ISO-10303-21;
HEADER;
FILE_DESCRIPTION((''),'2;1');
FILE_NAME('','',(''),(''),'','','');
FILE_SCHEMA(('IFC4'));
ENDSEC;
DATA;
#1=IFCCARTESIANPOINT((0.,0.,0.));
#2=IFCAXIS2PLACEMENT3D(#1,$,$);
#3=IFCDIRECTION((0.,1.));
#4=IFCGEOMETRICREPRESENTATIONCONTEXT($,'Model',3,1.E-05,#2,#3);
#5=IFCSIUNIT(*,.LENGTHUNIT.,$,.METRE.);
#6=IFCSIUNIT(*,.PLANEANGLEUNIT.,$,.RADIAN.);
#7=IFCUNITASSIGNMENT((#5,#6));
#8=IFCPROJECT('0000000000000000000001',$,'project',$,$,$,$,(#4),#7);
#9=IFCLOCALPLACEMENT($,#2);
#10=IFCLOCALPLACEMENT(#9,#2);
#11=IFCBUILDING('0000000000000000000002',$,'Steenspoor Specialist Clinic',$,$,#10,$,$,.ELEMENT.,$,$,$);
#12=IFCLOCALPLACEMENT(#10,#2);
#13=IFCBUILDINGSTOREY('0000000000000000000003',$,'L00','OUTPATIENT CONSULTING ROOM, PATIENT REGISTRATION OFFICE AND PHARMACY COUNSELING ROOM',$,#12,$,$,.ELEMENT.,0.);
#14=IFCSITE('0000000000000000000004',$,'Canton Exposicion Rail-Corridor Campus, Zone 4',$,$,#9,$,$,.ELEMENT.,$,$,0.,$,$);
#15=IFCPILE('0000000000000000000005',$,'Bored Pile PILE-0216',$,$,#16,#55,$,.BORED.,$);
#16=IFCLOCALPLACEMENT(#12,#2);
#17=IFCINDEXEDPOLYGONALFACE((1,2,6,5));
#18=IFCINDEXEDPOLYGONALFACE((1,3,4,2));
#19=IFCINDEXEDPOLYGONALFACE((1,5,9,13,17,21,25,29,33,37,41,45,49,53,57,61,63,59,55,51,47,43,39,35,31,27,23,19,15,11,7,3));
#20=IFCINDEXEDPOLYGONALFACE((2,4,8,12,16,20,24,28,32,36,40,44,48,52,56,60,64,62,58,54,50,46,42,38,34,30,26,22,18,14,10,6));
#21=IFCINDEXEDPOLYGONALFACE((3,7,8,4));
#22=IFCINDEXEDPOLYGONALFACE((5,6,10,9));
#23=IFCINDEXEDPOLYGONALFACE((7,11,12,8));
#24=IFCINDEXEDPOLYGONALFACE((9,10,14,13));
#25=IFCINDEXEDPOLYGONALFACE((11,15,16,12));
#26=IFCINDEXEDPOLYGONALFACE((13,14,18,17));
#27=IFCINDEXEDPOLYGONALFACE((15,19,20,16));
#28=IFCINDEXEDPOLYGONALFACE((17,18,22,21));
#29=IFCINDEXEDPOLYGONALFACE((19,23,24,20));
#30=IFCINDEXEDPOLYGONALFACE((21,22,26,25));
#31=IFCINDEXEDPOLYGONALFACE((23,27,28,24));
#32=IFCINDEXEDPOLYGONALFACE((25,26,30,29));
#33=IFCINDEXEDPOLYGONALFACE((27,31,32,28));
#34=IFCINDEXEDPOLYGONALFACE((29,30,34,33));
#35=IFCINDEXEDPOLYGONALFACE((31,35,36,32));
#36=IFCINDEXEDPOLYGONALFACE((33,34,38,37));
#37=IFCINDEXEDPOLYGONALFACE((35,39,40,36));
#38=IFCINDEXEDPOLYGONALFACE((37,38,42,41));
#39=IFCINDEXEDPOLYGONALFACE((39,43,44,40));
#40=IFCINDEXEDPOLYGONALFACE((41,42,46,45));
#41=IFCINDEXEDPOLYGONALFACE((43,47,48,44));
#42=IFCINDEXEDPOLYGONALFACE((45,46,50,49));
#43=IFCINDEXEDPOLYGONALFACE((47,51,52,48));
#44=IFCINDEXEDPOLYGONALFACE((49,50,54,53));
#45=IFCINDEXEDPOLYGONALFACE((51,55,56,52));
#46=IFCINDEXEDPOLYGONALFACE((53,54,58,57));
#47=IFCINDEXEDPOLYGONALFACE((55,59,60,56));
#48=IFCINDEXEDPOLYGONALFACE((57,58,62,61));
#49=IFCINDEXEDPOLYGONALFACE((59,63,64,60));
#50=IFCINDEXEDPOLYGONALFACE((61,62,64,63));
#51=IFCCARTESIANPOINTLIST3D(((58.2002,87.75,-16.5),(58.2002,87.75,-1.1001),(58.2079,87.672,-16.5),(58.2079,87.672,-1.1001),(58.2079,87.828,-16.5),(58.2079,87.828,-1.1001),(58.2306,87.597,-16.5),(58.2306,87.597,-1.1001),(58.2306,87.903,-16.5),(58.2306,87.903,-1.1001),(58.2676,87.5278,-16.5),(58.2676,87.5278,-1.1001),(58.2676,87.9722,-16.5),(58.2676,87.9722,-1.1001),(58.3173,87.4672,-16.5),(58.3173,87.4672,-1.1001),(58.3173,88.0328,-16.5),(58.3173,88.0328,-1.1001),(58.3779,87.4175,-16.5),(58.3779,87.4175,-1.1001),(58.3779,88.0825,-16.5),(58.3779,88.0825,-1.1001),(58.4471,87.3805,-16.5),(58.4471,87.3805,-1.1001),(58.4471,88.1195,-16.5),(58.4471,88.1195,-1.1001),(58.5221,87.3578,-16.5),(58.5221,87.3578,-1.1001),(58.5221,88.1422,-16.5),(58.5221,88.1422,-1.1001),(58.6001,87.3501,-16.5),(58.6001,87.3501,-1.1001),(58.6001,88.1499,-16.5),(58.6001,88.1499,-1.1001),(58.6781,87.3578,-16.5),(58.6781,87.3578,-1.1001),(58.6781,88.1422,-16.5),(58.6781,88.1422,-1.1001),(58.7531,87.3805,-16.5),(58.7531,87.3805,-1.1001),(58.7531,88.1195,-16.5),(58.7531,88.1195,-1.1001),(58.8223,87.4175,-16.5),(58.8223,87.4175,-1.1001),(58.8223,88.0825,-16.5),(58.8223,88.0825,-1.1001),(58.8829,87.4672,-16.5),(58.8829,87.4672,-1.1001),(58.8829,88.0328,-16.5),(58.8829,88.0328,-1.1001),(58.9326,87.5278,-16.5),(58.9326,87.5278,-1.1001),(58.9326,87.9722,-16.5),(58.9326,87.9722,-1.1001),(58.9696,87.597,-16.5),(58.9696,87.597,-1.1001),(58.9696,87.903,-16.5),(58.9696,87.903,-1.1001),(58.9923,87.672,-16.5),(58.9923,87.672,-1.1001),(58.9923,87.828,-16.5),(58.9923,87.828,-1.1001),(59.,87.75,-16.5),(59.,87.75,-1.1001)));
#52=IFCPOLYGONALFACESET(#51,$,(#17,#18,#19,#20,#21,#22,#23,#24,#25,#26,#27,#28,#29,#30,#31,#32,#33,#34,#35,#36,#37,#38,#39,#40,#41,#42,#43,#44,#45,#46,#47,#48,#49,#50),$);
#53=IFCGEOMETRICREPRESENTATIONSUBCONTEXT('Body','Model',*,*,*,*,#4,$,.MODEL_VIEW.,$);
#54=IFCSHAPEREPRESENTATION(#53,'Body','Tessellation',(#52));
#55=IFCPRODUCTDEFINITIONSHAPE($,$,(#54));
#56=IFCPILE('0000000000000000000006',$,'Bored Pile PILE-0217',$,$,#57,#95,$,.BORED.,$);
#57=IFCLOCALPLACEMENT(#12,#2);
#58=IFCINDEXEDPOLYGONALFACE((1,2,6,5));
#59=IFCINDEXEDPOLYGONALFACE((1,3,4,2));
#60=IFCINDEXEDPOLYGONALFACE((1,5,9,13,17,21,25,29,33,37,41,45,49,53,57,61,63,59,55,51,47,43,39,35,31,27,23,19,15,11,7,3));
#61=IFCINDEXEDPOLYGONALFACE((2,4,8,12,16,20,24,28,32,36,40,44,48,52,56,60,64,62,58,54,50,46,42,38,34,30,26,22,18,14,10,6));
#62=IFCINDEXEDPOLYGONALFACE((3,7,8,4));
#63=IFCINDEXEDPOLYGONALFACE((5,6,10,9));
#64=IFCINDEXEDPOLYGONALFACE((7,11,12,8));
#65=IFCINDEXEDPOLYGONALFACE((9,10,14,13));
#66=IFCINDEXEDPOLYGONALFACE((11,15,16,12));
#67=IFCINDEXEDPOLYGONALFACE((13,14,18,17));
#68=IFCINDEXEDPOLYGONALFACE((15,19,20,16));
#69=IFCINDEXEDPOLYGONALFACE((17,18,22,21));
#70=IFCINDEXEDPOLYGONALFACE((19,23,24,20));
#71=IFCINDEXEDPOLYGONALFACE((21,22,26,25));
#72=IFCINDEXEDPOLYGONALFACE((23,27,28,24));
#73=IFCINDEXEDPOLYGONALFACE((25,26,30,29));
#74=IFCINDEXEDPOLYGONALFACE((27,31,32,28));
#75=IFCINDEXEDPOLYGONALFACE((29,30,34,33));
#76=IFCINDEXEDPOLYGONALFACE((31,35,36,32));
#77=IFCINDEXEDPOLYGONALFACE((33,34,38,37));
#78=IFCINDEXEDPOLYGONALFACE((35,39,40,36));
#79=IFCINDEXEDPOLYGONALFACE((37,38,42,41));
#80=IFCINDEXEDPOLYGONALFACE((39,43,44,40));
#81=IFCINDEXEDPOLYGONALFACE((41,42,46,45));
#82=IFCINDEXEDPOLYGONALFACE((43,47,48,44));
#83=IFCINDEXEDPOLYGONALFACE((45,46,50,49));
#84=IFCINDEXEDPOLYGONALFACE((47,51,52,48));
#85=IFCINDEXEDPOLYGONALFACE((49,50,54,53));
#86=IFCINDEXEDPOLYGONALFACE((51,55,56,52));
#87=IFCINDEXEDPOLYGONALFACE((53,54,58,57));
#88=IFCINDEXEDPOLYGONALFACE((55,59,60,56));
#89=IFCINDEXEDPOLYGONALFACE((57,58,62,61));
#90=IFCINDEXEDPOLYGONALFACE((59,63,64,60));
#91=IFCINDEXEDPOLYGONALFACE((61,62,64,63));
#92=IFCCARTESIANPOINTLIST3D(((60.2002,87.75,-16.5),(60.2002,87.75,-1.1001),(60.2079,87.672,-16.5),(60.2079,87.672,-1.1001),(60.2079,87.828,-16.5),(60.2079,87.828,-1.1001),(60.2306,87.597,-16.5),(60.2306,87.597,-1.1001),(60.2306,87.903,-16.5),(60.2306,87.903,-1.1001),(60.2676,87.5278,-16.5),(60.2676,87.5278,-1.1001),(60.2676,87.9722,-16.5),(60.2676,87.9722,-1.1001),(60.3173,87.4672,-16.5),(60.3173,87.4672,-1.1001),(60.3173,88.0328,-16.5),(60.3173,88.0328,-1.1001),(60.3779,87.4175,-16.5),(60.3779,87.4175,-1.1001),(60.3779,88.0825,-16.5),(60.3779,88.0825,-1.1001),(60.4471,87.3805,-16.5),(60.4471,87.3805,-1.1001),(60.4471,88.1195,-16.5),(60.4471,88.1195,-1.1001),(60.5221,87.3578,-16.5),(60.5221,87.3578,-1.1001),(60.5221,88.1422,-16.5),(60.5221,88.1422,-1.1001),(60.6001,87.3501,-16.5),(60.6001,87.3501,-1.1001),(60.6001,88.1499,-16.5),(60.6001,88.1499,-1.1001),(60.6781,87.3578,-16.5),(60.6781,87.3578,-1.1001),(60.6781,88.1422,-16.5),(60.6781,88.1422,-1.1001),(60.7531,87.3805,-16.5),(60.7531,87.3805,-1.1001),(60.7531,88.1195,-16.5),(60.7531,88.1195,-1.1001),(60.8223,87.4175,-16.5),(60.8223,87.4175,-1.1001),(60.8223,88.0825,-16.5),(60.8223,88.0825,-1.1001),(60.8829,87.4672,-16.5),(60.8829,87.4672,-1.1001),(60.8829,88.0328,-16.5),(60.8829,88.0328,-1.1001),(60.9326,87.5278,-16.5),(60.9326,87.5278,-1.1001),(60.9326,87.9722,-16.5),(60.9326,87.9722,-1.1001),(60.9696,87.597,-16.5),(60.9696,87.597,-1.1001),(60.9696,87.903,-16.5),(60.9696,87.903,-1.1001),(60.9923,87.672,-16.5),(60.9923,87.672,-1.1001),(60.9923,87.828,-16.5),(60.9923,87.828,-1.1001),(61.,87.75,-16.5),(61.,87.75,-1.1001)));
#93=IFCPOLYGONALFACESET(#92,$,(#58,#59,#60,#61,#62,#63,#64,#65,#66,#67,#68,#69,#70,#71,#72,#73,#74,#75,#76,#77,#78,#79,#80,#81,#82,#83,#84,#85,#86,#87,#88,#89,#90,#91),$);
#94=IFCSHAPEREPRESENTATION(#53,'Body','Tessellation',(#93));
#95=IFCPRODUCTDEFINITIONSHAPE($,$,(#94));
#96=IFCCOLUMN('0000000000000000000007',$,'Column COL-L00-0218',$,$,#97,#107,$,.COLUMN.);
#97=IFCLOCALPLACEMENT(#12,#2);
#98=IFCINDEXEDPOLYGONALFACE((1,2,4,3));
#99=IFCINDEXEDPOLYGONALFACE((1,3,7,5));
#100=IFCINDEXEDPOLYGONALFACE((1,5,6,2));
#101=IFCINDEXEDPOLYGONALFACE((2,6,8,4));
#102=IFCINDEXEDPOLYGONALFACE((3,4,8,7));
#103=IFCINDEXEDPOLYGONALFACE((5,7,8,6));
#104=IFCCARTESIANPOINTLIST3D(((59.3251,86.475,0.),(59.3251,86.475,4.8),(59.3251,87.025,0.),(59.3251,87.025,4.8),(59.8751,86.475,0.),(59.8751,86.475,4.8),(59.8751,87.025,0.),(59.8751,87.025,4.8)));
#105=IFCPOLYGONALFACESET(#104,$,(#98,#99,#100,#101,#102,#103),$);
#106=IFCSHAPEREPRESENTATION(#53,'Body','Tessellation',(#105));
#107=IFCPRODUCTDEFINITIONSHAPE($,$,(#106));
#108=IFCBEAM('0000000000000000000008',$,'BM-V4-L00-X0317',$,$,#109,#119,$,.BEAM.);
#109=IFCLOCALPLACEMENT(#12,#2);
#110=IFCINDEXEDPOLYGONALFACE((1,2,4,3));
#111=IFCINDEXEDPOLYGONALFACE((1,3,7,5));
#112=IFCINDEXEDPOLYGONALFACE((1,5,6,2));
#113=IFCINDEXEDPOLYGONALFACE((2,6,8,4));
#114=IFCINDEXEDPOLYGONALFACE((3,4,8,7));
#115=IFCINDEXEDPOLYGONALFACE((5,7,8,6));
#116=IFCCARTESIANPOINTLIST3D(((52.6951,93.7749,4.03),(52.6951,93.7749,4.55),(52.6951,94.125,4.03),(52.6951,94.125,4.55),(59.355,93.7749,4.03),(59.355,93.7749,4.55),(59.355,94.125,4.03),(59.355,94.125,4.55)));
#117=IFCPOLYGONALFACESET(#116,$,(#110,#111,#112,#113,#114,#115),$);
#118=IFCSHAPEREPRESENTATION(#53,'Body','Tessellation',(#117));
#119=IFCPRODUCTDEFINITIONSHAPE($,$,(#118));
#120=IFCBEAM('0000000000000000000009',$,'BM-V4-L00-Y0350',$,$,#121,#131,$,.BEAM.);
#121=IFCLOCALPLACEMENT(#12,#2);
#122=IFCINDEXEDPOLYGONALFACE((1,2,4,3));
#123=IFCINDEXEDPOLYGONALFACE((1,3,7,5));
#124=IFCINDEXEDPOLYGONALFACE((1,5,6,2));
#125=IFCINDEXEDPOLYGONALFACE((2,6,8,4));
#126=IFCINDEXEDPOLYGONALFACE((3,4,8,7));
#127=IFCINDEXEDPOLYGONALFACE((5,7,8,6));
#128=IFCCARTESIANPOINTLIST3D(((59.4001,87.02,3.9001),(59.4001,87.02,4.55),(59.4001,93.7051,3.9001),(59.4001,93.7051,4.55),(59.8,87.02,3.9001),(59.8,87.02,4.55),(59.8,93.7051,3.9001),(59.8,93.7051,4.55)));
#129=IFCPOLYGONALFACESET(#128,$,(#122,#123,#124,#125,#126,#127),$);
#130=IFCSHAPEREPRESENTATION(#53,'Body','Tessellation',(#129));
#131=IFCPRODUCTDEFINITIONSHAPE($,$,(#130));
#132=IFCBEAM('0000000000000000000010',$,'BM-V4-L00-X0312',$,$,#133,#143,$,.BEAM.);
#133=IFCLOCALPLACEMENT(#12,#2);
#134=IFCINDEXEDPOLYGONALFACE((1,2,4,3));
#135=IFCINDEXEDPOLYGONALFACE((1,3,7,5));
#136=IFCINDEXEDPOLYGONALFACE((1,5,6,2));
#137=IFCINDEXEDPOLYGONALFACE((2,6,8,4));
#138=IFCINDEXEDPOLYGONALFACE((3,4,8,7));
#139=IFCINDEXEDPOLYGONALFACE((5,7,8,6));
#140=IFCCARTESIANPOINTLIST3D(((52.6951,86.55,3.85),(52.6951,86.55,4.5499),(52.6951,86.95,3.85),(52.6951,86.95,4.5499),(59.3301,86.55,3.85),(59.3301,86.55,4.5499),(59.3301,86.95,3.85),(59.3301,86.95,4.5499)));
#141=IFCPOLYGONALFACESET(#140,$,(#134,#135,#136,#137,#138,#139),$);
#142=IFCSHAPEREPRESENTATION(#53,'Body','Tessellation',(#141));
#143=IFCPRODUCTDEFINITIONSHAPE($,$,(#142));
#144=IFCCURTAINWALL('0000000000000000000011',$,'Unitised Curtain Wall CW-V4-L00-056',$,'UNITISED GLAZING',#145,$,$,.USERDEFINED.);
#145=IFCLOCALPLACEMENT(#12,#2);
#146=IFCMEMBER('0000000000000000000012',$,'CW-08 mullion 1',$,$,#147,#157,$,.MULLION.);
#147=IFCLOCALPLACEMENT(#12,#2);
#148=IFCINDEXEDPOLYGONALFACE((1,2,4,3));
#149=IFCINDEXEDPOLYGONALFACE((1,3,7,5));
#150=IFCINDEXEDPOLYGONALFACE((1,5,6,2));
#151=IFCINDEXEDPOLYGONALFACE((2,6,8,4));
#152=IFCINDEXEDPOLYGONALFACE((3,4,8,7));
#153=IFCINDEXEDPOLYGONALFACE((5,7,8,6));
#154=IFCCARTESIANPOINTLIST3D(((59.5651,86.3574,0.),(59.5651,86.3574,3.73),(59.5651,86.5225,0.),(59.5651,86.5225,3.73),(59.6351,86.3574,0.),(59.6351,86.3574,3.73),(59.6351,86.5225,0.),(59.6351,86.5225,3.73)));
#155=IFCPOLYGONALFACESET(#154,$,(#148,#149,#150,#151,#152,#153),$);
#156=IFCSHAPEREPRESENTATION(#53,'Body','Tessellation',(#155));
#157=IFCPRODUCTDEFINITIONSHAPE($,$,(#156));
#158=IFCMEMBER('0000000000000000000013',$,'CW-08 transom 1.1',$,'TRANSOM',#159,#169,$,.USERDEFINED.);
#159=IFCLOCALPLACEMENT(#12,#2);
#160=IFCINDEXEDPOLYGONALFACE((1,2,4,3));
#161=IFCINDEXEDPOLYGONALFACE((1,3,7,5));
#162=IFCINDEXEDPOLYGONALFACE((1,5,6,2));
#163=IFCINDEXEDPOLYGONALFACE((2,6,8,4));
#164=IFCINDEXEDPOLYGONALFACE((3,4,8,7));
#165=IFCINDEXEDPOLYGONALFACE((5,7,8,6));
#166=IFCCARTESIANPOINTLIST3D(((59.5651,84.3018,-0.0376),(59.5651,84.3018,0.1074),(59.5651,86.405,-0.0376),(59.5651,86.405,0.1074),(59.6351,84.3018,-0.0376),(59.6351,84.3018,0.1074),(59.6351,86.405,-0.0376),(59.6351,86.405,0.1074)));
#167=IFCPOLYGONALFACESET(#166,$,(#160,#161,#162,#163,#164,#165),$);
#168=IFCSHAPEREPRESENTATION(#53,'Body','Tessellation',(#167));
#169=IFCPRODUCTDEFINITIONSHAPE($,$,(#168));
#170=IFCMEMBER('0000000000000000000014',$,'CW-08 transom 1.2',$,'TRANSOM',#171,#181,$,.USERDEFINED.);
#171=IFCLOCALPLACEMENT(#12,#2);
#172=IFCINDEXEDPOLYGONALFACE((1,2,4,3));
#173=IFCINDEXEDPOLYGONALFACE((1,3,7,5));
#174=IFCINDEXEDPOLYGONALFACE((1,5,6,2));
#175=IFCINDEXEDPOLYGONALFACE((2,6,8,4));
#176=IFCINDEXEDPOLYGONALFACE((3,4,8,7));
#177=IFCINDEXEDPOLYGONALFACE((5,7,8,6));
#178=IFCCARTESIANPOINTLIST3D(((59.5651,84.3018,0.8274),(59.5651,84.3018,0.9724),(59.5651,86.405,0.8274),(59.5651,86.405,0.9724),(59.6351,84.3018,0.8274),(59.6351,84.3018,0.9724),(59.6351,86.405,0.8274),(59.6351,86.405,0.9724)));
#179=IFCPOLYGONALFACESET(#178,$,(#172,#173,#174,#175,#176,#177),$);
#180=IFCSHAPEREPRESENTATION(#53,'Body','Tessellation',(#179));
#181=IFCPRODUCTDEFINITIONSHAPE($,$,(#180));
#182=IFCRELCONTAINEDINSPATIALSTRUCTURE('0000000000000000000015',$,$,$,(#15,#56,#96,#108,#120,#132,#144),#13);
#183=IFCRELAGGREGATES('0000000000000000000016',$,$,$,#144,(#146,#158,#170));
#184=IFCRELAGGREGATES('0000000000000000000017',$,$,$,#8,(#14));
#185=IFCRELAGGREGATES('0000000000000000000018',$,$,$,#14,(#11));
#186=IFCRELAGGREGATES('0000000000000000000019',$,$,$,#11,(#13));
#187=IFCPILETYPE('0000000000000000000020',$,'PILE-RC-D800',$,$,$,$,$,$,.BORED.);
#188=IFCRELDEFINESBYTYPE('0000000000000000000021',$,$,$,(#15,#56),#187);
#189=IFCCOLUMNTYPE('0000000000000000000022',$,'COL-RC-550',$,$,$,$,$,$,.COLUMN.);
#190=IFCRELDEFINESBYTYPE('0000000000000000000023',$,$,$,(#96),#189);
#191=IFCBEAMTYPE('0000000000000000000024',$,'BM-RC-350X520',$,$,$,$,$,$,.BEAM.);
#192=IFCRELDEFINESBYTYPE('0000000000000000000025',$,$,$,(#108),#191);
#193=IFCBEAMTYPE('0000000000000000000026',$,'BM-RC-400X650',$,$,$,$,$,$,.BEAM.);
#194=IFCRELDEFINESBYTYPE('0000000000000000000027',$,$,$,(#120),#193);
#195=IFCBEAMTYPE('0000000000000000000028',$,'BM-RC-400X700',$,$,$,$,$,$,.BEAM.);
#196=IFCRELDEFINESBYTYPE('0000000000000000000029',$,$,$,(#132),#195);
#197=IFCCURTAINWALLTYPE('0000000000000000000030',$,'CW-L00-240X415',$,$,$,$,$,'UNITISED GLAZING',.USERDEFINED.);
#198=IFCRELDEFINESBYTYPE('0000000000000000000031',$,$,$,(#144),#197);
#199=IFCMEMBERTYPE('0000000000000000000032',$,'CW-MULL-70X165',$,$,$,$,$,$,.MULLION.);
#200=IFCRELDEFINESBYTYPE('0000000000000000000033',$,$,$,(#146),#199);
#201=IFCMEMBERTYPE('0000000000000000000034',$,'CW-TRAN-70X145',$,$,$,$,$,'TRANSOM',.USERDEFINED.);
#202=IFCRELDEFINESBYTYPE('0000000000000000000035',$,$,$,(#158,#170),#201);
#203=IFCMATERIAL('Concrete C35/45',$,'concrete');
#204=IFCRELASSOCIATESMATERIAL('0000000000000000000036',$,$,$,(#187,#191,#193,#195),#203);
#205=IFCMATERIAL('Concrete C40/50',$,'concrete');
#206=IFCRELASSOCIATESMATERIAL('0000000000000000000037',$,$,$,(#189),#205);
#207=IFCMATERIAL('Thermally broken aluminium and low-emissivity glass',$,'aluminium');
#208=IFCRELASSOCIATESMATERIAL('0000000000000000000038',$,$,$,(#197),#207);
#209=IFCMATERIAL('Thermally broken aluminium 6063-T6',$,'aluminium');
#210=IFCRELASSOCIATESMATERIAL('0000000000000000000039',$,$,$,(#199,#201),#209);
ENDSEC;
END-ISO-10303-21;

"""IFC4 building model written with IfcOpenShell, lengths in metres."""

from ifc_helpers import new_model, si_unit, direction, frame, origin, origin_2d, place, context, subcontext, project, spatial, rectangle, circle, extrude, material, material_profile, profile_set, type_object, element, aggregate, save


model = new_model("IFC4")

# Units and contexts
model_context = context("Model", 3, precision=1e-05, world=origin(), true_north=direction((0.0, 1.0)))
body_context = subcontext(model_context, "Body", "Model", "MODEL_VIEW")
ifc_project = project(units=[si_unit("LENGTHUNIT", "METRE"), si_unit("PLANEANGLEUNIT", "RADIAN")], contexts=[model_context])

# Site, building, storey
site_placement = place(None, origin())
site = spatial("IfcSite", under=ifc_project, at=site_placement, Name="Canton Exposicion Rail-Corridor Campus, Zone 4", CompositionType="ELEMENT", RefElevation=0.0)
building_placement = place(site_placement, origin())
building = spatial("IfcBuilding", under=site, at=building_placement, Name="Steenspoor Specialist Clinic", CompositionType="ELEMENT")
storey_placement = place(building_placement, origin())
storey = spatial("IfcBuildingStorey", under=building, at=storey_placement, Name="L00", Description="OUTPATIENT CONSULTING ROOM, PATIENT REGISTRATION OFFICE AND PHARMACY COUNSELING ROOM", CompositionType="ELEMENT", Elevation=0.0)

# Shared definitions
ifc_material_1 = material(Name="Concrete C35/45", Category="concrete")

# Piles
ifc_material_profile_1 = material_profile(ifc_material_1, circle(Radius=0.3999, at=origin_2d()), Name="PILE-D800")
ifc_profile_set_1 = profile_set([ifc_material_profile_1], Name="Concrete C35/45")
pile_type_1 = type_object("IfcPileType", Name="PILE-RC-D800", PredefinedType="BORED", material=ifc_profile_set_1)
for number, where, z_axis, x_axis, name in (
    (1, (58.6001, 87.75, -1.1001), (0.0, 0.0, -1.0), (1.0, 0.0, 0.0), "Bored Pile PILE-0216"),
    (2, (60.6001, 87.75, -1.1001), (0.0, 0.0, -1.0), (1.0, 0.0, 0.0), "Bored Pile PILE-0217"),
):
    element("IfcPile", number, at=place(storey_placement, frame(where, z_axis=z_axis, x_axis=x_axis)), inside=storey, type_object=pile_type_1, Name=name, PredefinedType="BORED", context=body_context, shape_type="SweptSolid", body=[
        extrude(circle(Radius=0.3999, at=origin_2d()), origin(), (0.0, 0.0, 1.0), 15.3999),
    ])

# Column
ifc_material_2 = material(Name="Concrete C40/50", Category="concrete")
ifc_material_profile_2 = material_profile(ifc_material_2, rectangle(XDim=0.55, YDim=0.55, at=origin_2d()), Name="RC-COL-550X550")
ifc_profile_set_2 = profile_set([ifc_material_profile_2], Name="Concrete C40/50")
column_type = type_object("IfcColumnType", Name="COL-RC-550", PredefinedType="COLUMN", material=ifc_profile_set_2)
column_placement = place(storey_placement, frame((59.6001, 86.75, 0.0), z_axis=(0.0, 0.0, 1.0), x_axis=(1.0, 0.0, 0.0)))
element("IfcColumn", 3, at=column_placement, inside=storey, type_object=column_type, Name="Column COL-L00-0218", PredefinedType="COLUMN", context=body_context, shape_type="SweptSolid", body=[
    extrude(rectangle(XDim=0.55, YDim=0.55, at=origin_2d()), origin(), (0.0, 0.0, 1.0), 4.8),
])

# Beams
ifc_material_profile_3 = material_profile(ifc_material_1, rectangle(XDim=0.3501, YDim=0.52, at=origin_2d()), Name="RC-BM-350X520")
ifc_profile_set_3 = profile_set([ifc_material_profile_3], Name="Concrete C35/45")
beam_type_1 = type_object("IfcBeamType", Name="BM-RC-350X520", PredefinedType="BEAM", material=ifc_profile_set_3)
beam_1_placement = place(storey_placement, frame((52.6951, 93.95, 4.29), z_axis=(1.0, 0.0, 0.0), x_axis=(0.0, 1.0, 0.0)))
element("IfcBeam", 4, at=beam_1_placement, inside=storey, type_object=beam_type_1, Name="BM-V4-L00-X0317", PredefinedType="BEAM", context=body_context, shape_type="SweptSolid", body=[
    extrude(rectangle(XDim=0.3501, YDim=0.52, at=origin_2d()), origin(), (0.0, 0.0, 1.0), 6.6599),
])
ifc_material_profile_4 = material_profile(ifc_material_1, rectangle(XDim=0.3999, YDim=0.6499, at=origin_2d()), Name="RC-BM-400X650")
ifc_profile_set_4 = profile_set([ifc_material_profile_4], Name="Concrete C35/45")
beam_type_2 = type_object("IfcBeamType", Name="BM-RC-400X650", PredefinedType="BEAM", material=ifc_profile_set_4)
beam_2_placement = place(storey_placement, frame((59.6001, 87.02, 4.2251), z_axis=(0.0, 1.0, 0.0), x_axis=(-1.0, 0.0, 0.0)))
element("IfcBeam", 5, at=beam_2_placement, inside=storey, type_object=beam_type_2, Name="BM-V4-L00-Y0350", PredefinedType="BEAM", context=body_context, shape_type="SweptSolid", body=[
    extrude(rectangle(XDim=0.3999, YDim=0.6499, at=origin_2d()), origin(), (0.0, 0.0, 1.0), 6.6851),
])
ifc_material_profile_5 = material_profile(ifc_material_1, rectangle(XDim=0.3999, YDim=0.7, at=origin_2d()), Name="RC-BM-400X700")
ifc_profile_set_5 = profile_set([ifc_material_profile_5], Name="Concrete C35/45")
beam_type_3 = type_object("IfcBeamType", Name="BM-RC-400X700", PredefinedType="BEAM", material=ifc_profile_set_5)
beam_3_placement = place(storey_placement, frame((52.6951, 86.75, 4.2), z_axis=(1.0, 0.0, 0.0), x_axis=(0.0, 1.0, 0.0)))
element("IfcBeam", 6, at=beam_3_placement, inside=storey, type_object=beam_type_3, Name="BM-V4-L00-X0312", PredefinedType="BEAM", context=body_context, shape_type="SweptSolid", body=[
    extrude(rectangle(XDim=0.3999, YDim=0.7, at=origin_2d()), origin(), (0.0, 0.0, 1.0), 6.635),
])

# Curtain wall, members
ifc_material_3 = material(Name="Thermally broken aluminium and low-emissivity glass", Category="aluminium")
curtain_wall_type = type_object("IfcCurtainWallType", Name="CW-L00-240X415", ElementType="UNITISED GLAZING", PredefinedType="USERDEFINED", material=ifc_material_3)
curtain_wall_placement = place(storey_placement, origin())
curtain_wall = element("IfcCurtainWall", 7, at=curtain_wall_placement, inside=storey, type_object=curtain_wall_type, Name="Unitised Curtain Wall CW-V4-L00-056", ObjectType="UNITISED GLAZING", PredefinedType="USERDEFINED")
ifc_material_4 = material(Name="Thermally broken aluminium 6063-T6", Category="aluminium")
ifc_material_profile_6 = material_profile(ifc_material_4, rectangle(XDim=0.0701, YDim=0.165, at=origin_2d()), Name="CWM-70X165")
ifc_profile_set_6 = profile_set([ifc_material_profile_6], Name="Thermally broken aluminium 6063-T6")
member_type_1 = type_object("IfcMemberType", Name="CW-MULL-70X165", PredefinedType="MULLION", material=ifc_profile_set_6)
member_1_placement = place(storey_placement, frame((59.6001, 86.4399, 0.0), z_axis=(0.0, 0.0, 1.0), x_axis=(1.0, 0.0, 0.0)))
member_1 = element("IfcMember", 8, at=member_1_placement, type_object=member_type_1, Name="CW-08 mullion 1", PredefinedType="MULLION", context=body_context, shape_type="SweptSolid", body=[
    extrude(rectangle(XDim=0.0701, YDim=0.165, at=origin_2d()), origin(), (0.0, 0.0, 1.0), 3.73),
])
ifc_material_profile_7 = material_profile(ifc_material_4, rectangle(XDim=0.0701, YDim=0.145, at=origin_2d()), Name="CWT-70X145")
ifc_profile_set_7 = profile_set([ifc_material_profile_7], Name="Thermally broken aluminium 6063-T6")
member_type_2 = type_object("IfcMemberType", Name="CW-TRAN-70X145", ElementType="TRANSOM", PredefinedType="USERDEFINED", material=ifc_profile_set_7)
member_2_placement = place(storey_placement, frame((59.6001, 86.405, 0.0349), z_axis=(0.0, -1.0, 0.0), x_axis=(1.0, 0.0, 0.0)))
member_2 = element("IfcMember", 9, at=member_2_placement, type_object=member_type_2, Name="CW-08 transom 1.1", ObjectType="TRANSOM", PredefinedType="USERDEFINED", context=body_context, shape_type="SweptSolid", body=[
    extrude(rectangle(XDim=0.0701, YDim=0.145, at=origin_2d()), origin(), (0.0, 0.0, 1.0), 2.1033),
])
member_3_placement = place(storey_placement, frame((59.6001, 86.405, 0.8999), z_axis=(0.0, -1.0, 0.0), x_axis=(1.0, 0.0, 0.0)))
member_3 = element("IfcMember", 10, at=member_3_placement, type_object=member_type_2, Name="CW-08 transom 1.2", ObjectType="TRANSOM", PredefinedType="USERDEFINED", context=body_context, shape_type="SweptSolid", body=[
    extrude(rectangle(XDim=0.0701, YDim=0.145, at=origin_2d()), origin(), (0.0, 0.0, 1.0), 2.1033),
])
aggregate(curtain_wall, [member_1, member_2, member_3])

save(model, "model.ifc")
